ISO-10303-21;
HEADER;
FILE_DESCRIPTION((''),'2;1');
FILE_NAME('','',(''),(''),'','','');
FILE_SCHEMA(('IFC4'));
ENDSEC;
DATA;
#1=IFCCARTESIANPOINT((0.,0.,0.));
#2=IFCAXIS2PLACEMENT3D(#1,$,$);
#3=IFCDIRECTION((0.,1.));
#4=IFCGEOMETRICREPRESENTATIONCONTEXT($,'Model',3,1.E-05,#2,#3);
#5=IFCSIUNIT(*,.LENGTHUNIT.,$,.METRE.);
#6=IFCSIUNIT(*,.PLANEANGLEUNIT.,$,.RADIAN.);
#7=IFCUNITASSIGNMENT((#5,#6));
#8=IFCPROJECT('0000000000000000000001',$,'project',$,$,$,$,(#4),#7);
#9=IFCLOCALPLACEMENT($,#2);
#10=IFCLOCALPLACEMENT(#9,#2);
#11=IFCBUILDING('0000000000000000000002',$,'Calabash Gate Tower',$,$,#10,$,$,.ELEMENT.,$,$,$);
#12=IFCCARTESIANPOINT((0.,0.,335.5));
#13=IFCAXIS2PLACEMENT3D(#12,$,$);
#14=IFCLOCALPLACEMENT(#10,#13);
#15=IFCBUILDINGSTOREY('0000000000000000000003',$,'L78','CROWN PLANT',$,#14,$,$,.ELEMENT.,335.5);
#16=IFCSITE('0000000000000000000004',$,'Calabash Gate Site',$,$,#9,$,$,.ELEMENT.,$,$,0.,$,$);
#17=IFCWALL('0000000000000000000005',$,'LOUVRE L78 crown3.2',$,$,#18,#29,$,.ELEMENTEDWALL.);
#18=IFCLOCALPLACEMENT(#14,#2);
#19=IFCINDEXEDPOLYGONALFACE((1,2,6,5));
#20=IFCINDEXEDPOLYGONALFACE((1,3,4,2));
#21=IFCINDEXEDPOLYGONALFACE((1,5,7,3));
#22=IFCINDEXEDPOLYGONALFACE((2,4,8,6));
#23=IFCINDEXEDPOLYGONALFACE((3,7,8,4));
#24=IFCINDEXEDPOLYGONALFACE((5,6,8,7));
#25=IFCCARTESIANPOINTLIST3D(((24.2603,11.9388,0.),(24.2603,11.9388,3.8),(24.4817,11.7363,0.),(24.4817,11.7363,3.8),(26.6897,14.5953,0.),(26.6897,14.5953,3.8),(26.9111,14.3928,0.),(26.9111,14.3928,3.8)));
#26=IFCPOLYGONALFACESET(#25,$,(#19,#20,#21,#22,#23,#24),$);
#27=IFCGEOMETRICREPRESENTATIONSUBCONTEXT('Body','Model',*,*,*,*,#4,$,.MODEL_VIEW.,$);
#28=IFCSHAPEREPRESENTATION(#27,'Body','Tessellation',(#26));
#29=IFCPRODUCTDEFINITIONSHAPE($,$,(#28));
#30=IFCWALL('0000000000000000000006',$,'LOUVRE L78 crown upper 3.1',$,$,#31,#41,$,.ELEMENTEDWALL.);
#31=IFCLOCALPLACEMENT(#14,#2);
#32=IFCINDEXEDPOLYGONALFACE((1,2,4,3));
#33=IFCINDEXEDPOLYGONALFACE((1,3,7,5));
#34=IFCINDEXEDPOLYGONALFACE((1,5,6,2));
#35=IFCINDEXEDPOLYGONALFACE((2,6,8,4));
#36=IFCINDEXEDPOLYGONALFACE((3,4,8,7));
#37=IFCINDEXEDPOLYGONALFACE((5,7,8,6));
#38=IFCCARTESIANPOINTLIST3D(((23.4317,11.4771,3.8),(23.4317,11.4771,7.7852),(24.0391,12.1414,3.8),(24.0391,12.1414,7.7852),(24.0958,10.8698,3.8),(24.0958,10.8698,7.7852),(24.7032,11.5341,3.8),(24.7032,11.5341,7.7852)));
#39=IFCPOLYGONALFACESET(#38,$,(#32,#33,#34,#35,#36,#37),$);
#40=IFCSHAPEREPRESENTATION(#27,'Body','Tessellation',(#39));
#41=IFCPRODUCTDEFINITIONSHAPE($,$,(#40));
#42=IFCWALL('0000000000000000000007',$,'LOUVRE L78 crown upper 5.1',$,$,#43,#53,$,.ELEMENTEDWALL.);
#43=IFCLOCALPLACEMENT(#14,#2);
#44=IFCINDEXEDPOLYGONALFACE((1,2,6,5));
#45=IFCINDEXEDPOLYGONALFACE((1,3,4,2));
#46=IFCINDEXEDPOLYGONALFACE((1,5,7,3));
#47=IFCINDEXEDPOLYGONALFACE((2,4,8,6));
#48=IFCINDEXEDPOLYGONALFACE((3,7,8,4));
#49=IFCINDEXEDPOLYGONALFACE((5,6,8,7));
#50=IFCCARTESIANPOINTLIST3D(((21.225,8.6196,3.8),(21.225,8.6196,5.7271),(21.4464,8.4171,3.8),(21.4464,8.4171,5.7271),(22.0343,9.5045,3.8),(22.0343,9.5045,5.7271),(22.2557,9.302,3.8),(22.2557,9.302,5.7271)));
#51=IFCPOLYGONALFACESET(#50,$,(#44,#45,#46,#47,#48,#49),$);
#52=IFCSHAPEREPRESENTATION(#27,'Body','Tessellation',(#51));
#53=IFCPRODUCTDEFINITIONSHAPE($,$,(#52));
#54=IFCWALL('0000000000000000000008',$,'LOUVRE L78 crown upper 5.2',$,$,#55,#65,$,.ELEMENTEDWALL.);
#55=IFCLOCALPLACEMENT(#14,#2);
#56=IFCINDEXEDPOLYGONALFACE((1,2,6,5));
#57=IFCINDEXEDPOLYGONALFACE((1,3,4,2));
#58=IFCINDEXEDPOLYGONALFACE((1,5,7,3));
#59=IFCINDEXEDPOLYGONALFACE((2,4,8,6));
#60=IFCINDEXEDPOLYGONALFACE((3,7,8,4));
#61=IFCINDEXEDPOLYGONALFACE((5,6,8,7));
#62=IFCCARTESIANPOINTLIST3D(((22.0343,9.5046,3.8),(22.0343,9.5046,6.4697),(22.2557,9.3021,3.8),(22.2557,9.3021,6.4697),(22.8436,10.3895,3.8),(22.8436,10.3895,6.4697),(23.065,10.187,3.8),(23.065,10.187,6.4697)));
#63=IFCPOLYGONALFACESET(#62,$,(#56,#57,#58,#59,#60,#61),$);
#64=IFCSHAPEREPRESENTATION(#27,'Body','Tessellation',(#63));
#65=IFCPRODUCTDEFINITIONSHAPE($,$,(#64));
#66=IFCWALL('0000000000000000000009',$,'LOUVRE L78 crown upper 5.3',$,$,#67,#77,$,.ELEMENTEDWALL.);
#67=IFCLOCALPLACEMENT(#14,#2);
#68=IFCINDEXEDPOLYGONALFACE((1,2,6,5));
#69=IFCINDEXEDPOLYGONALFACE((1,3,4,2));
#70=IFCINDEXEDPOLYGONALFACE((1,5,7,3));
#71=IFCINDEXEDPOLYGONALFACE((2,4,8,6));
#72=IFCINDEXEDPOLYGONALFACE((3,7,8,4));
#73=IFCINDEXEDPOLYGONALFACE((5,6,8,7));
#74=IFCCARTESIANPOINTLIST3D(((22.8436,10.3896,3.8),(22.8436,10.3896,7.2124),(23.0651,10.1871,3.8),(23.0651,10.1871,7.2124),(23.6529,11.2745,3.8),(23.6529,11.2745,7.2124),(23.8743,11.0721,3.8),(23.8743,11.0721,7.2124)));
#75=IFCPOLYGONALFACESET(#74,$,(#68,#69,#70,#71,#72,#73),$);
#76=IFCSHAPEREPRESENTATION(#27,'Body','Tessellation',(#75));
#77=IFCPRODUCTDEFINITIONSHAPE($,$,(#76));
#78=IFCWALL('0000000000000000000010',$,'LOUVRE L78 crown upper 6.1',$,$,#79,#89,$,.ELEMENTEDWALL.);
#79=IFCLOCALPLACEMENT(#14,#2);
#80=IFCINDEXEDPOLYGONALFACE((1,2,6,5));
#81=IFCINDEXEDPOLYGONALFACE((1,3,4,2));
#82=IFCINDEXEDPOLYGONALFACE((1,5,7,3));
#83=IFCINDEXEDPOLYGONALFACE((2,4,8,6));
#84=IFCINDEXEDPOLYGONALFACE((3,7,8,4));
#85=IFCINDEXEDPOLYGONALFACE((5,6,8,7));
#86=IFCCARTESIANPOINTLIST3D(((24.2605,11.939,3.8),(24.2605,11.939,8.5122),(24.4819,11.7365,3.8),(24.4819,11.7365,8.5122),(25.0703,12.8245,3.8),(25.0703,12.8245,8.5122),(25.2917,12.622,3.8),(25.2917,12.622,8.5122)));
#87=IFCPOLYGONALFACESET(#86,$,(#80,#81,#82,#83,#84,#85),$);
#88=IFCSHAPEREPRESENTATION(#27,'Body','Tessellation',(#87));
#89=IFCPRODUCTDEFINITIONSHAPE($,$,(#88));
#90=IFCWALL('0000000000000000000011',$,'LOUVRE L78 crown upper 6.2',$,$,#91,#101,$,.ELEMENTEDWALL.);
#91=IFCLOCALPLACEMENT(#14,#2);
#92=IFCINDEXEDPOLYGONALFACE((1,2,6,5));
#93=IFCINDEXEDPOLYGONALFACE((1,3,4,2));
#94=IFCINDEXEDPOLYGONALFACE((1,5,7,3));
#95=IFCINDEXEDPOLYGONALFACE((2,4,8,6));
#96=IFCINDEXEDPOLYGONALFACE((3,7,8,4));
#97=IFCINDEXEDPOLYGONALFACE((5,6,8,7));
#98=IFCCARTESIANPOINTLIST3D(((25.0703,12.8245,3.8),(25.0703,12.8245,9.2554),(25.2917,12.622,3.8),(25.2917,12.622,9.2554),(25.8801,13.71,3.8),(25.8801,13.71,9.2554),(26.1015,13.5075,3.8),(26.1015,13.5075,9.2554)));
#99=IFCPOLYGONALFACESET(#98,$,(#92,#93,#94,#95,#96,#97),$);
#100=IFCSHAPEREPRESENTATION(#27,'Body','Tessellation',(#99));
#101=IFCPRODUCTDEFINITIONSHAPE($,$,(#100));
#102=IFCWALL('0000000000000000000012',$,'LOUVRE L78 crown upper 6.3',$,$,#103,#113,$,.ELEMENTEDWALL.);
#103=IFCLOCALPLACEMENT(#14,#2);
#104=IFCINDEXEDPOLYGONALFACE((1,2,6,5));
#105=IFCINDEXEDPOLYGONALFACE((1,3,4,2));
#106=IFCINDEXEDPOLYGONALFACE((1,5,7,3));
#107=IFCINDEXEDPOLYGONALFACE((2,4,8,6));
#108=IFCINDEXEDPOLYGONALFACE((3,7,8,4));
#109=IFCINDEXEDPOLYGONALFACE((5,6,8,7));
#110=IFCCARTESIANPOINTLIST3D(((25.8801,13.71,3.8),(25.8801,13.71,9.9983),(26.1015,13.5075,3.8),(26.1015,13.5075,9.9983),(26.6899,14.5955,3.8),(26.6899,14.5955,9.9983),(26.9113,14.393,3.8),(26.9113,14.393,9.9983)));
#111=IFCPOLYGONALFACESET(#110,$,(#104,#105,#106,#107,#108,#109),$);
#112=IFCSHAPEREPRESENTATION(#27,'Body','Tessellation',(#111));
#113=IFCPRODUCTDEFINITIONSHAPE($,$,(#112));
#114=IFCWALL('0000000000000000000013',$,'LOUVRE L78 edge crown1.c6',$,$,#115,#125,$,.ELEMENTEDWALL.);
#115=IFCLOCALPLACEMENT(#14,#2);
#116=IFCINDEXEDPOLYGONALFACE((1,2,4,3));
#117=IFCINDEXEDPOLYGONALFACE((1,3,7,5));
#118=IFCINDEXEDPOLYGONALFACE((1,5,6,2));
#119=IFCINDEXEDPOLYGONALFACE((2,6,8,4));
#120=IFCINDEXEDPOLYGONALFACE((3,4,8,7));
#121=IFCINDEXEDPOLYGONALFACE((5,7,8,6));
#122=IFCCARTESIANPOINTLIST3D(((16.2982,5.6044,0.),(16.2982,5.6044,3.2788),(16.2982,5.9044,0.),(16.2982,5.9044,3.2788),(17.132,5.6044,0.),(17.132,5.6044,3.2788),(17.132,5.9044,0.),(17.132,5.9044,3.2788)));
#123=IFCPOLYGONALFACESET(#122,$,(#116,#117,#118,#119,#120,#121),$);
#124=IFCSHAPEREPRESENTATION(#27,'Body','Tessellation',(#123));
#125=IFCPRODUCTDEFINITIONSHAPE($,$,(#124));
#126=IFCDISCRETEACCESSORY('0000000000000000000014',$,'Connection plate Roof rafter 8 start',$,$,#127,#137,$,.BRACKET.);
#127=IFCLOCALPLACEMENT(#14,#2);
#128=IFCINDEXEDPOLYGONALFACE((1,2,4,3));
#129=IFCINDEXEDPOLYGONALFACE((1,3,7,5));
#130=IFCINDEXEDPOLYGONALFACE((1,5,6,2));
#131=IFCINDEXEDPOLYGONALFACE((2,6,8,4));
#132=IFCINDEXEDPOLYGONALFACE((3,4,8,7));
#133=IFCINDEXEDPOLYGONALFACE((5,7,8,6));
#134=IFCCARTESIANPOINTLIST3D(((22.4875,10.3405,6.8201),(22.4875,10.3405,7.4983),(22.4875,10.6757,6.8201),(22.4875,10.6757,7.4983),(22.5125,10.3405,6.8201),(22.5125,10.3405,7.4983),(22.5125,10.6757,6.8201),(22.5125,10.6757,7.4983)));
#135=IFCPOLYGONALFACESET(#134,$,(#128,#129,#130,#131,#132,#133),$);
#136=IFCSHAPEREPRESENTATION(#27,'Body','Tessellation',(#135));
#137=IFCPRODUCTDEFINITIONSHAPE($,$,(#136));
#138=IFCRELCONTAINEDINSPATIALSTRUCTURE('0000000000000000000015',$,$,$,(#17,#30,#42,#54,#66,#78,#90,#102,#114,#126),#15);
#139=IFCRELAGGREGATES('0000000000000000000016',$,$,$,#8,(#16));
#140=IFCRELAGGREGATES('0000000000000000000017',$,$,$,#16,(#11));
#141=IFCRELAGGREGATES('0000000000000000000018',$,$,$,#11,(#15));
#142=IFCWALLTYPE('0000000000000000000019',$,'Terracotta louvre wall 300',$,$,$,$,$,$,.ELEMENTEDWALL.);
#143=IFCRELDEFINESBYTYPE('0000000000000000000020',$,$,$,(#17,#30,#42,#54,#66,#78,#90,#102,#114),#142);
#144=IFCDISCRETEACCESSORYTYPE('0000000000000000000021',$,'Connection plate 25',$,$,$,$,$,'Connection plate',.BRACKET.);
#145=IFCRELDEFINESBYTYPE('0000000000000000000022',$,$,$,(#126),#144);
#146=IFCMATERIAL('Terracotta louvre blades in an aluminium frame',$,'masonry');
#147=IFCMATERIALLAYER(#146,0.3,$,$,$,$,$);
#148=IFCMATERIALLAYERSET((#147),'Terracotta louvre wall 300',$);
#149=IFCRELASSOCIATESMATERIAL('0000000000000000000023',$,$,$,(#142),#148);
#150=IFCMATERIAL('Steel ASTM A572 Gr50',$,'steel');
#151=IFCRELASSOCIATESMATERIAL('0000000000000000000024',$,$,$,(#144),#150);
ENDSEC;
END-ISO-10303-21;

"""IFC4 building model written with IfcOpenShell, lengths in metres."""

from ifc_helpers import new_model, si_unit, direction, frame, frame_2d, origin, origin_2d, place, context, subcontext, project, spatial, rectangle, extrude, material, layer, layer_set, type_object, element, save


model = new_model("IFC4")

# Units and contexts
model_context = context("Model", 3, precision=1e-05, world=origin(), true_north=direction((0.0, 1.0)))
body_context = subcontext(model_context, "Body", "Model", "MODEL_VIEW")
ifc_project = project(units=[si_unit("LENGTHUNIT", "METRE"), si_unit("PLANEANGLEUNIT", "RADIAN")], contexts=[model_context])

# Site, building, storey
site_placement = place(None, origin())
site = spatial("IfcSite", under=ifc_project, at=site_placement, Name="Calabash Gate Site", CompositionType="ELEMENT", RefElevation=0.0)
building_placement = place(site_placement, origin())
building = spatial("IfcBuilding", under=site, at=building_placement, Name="Calabash Gate Tower", CompositionType="ELEMENT")
storey_placement = place(building_placement, frame((0.0, 0.0, 335.5)))
storey = spatial("IfcBuildingStorey", under=building, at=storey_placement, Name="L78", Description="CROWN PLANT", CompositionType="ELEMENT", Elevation=335.5)

# Walls
ifc_material_1 = material(Name="Terracotta louvre blades in an aluminium frame", Category="masonry")
ifc_layer_1 = layer(ifc_material_1, 0.3)
ifc_layer_set_1 = layer_set([ifc_layer_1], Name="Terracotta louvre wall 300")
wall_type_1 = type_object("IfcWallType", Name="Terracotta louvre wall 300", PredefinedType="ELEMENTEDWALL", material=ifc_layer_set_1)
wall_1_placement = place(storey_placement, frame((24.3711, 11.8376, 0.0), z_axis=(0.0, 0.0, 1.0), x_axis=(0.674867, 0.737939, 0.0)))
element("IfcWall", 1, at=wall_1_placement, inside=storey, type_object=wall_type_1, Name="LOUVRE L78 crown3.2", PredefinedType="ELEMENTEDWALL", context=body_context, shape_type="SweptSolid", body=[
    extrude(rectangle(XDim=3.5999, YDim=0.3, at=frame_2d((1.7998, 0.0))), origin(), (0.0, 0.0, 1.0), 3.8),
])
wall_2_placement = place(storey_placement, frame((23.7637, 11.1733, 3.8), z_axis=(0.0, 0.0, 1.0), x_axis=(0.674803, 0.737998, 0.0)))
element("IfcWall", 2, at=wall_2_placement, inside=storey, type_object=wall_type_1, Name="LOUVRE L78 crown upper 3.1", PredefinedType="ELEMENTEDWALL", context=body_context, shape_type="SweptSolid", body=[
    extrude(rectangle(XDim=0.9001, YDim=0.8999, at=frame_2d((0.4502, 0.0))), origin(), (0.0, 0.0, 1.0), 3.9851),
])
wall_3_placement = place(storey_placement, frame((21.3357, 8.5183, 3.8), z_axis=(0.0, 0.0, 1.0), x_axis=(0.674848, 0.737956, 0.0)))
element("IfcWall", 3, at=wall_3_placement, inside=storey, type_object=wall_type_1, Name="LOUVRE L78 crown upper 5.1", PredefinedType="ELEMENTEDWALL", context=body_context, shape_type="SweptSolid", body=[
    extrude(rectangle(XDim=1.1992, YDim=0.3, at=frame_2d((0.5996, 0.0))), origin(), (0.0, 0.0, 1.0), 1.927),
])
wall_4_placement = place(storey_placement, frame((22.145, 9.4033, 3.8), z_axis=(0.0, 0.0, 1.0), x_axis=(0.674848, 0.737956, 0.0)))
element("IfcWall", 4, at=wall_4_placement, inside=storey, type_object=wall_type_1, Name="LOUVRE L78 crown upper 5.2", PredefinedType="ELEMENTEDWALL", context=body_context, shape_type="SweptSolid", body=[
    extrude(rectangle(XDim=1.1992, YDim=0.3, at=frame_2d((0.5996, 0.0))), origin(), (0.0, 0.0, 1.0), 2.6697),
])
wall_5_placement = place(storey_placement, frame((22.9543, 10.2883, 3.8), z_axis=(0.0, 0.0, 1.0), x_axis=(0.674848, 0.737956, 0.0)))
element("IfcWall", 5, at=wall_5_placement, inside=storey, type_object=wall_type_1, Name="LOUVRE L78 crown upper 5.3", PredefinedType="ELEMENTEDWALL", context=body_context, shape_type="SweptSolid", body=[
    extrude(rectangle(XDim=1.1992, YDim=0.3, at=frame_2d((0.5996, 0.0))), origin(), (0.0, 0.0, 1.0), 3.4124),
])
wall_6_placement = place(storey_placement, frame((24.3711, 11.8376, 3.8), z_axis=(0.0, 0.0, 1.0), x_axis=(0.674867, 0.737939, 0.0)))
element("IfcWall", 6, at=wall_6_placement, inside=storey, type_object=wall_type_1, Name="LOUVRE L78 crown upper 6.1", PredefinedType="ELEMENTEDWALL", context=body_context, shape_type="SweptSolid", body=[
    extrude(rectangle(XDim=1.2, YDim=0.3, at=frame_2d((0.6001, 0.0))), origin(), (0.0, 0.0, 1.0), 4.7122),
])
wall_7_placement = place(storey_placement, frame((25.1809, 12.7231, 3.8), z_axis=(0.0, 0.0, 1.0), x_axis=(0.674867, 0.737939, 0.0)))
element("IfcWall", 7, at=wall_7_placement, inside=storey, type_object=wall_type_1, Name="LOUVRE L78 crown upper 6.2", PredefinedType="ELEMENTEDWALL", context=body_context, shape_type="SweptSolid", body=[
    extrude(rectangle(XDim=1.2, YDim=0.3, at=frame_2d((0.6001, 0.0))), origin(), (0.0, 0.0, 1.0), 5.4553),
])
wall_8_placement = place(storey_placement, frame((25.9907, 13.6086, 3.8), z_axis=(0.0, 0.0, 1.0), x_axis=(0.674867, 0.737939, 0.0)))
element("IfcWall", 8, at=wall_8_placement, inside=storey, type_object=wall_type_1, Name="LOUVRE L78 crown upper 6.3", PredefinedType="ELEMENTEDWALL", context=body_context, shape_type="SweptSolid", body=[
    extrude(rectangle(XDim=1.2, YDim=0.3, at=frame_2d((0.6001, 0.0))), origin(), (0.0, 0.0, 1.0), 6.1982),
])
wall_9_placement = place(storey_placement, frame((16.2981, 5.7544, 0.0), z_axis=(0.0, 0.0, 1.0), x_axis=(1.0, 0.0, 0.0)))
element("IfcWall", 9, at=wall_9_placement, inside=storey, type_object=wall_type_1, Name="LOUVRE L78 edge crown1.c6", PredefinedType="ELEMENTEDWALL", context=body_context, shape_type="SweptSolid", body=[
    extrude(rectangle(XDim=0.8337, YDim=0.3, at=frame_2d((0.417, 0.0))), origin(), (0.0, 0.0, 1.0), 3.2788),
])

# Discrete accessory
ifc_material_2 = material(Name="Steel ASTM A572 Gr50", Category="steel")
discrete_accessory_type = type_object("IfcDiscreteAccessoryType", Name="Connection plate 25", ElementType="Connection plate", PredefinedType="BRACKET", material=ifc_material_2)
discrete_accessory_placement = place(storey_placement, frame((22.5, 10.5081, 6.8201), z_axis=(0.0, 0.0, 1.0), x_axis=(0.0, 1.0, 0.0)))
element("IfcDiscreteAccessory", 10, at=discrete_accessory_placement, inside=storey, type_object=discrete_accessory_type, Name="Connection plate Roof rafter 8 start", PredefinedType="BRACKET", context=body_context, shape_type="SweptSolid", body=[
    extrude(rectangle(XDim=0.3352, YDim=0.0249, at=origin_2d()), origin(), (0.0, 0.0, 1.0), 0.6782),
])

save(model, "model.ifc")
